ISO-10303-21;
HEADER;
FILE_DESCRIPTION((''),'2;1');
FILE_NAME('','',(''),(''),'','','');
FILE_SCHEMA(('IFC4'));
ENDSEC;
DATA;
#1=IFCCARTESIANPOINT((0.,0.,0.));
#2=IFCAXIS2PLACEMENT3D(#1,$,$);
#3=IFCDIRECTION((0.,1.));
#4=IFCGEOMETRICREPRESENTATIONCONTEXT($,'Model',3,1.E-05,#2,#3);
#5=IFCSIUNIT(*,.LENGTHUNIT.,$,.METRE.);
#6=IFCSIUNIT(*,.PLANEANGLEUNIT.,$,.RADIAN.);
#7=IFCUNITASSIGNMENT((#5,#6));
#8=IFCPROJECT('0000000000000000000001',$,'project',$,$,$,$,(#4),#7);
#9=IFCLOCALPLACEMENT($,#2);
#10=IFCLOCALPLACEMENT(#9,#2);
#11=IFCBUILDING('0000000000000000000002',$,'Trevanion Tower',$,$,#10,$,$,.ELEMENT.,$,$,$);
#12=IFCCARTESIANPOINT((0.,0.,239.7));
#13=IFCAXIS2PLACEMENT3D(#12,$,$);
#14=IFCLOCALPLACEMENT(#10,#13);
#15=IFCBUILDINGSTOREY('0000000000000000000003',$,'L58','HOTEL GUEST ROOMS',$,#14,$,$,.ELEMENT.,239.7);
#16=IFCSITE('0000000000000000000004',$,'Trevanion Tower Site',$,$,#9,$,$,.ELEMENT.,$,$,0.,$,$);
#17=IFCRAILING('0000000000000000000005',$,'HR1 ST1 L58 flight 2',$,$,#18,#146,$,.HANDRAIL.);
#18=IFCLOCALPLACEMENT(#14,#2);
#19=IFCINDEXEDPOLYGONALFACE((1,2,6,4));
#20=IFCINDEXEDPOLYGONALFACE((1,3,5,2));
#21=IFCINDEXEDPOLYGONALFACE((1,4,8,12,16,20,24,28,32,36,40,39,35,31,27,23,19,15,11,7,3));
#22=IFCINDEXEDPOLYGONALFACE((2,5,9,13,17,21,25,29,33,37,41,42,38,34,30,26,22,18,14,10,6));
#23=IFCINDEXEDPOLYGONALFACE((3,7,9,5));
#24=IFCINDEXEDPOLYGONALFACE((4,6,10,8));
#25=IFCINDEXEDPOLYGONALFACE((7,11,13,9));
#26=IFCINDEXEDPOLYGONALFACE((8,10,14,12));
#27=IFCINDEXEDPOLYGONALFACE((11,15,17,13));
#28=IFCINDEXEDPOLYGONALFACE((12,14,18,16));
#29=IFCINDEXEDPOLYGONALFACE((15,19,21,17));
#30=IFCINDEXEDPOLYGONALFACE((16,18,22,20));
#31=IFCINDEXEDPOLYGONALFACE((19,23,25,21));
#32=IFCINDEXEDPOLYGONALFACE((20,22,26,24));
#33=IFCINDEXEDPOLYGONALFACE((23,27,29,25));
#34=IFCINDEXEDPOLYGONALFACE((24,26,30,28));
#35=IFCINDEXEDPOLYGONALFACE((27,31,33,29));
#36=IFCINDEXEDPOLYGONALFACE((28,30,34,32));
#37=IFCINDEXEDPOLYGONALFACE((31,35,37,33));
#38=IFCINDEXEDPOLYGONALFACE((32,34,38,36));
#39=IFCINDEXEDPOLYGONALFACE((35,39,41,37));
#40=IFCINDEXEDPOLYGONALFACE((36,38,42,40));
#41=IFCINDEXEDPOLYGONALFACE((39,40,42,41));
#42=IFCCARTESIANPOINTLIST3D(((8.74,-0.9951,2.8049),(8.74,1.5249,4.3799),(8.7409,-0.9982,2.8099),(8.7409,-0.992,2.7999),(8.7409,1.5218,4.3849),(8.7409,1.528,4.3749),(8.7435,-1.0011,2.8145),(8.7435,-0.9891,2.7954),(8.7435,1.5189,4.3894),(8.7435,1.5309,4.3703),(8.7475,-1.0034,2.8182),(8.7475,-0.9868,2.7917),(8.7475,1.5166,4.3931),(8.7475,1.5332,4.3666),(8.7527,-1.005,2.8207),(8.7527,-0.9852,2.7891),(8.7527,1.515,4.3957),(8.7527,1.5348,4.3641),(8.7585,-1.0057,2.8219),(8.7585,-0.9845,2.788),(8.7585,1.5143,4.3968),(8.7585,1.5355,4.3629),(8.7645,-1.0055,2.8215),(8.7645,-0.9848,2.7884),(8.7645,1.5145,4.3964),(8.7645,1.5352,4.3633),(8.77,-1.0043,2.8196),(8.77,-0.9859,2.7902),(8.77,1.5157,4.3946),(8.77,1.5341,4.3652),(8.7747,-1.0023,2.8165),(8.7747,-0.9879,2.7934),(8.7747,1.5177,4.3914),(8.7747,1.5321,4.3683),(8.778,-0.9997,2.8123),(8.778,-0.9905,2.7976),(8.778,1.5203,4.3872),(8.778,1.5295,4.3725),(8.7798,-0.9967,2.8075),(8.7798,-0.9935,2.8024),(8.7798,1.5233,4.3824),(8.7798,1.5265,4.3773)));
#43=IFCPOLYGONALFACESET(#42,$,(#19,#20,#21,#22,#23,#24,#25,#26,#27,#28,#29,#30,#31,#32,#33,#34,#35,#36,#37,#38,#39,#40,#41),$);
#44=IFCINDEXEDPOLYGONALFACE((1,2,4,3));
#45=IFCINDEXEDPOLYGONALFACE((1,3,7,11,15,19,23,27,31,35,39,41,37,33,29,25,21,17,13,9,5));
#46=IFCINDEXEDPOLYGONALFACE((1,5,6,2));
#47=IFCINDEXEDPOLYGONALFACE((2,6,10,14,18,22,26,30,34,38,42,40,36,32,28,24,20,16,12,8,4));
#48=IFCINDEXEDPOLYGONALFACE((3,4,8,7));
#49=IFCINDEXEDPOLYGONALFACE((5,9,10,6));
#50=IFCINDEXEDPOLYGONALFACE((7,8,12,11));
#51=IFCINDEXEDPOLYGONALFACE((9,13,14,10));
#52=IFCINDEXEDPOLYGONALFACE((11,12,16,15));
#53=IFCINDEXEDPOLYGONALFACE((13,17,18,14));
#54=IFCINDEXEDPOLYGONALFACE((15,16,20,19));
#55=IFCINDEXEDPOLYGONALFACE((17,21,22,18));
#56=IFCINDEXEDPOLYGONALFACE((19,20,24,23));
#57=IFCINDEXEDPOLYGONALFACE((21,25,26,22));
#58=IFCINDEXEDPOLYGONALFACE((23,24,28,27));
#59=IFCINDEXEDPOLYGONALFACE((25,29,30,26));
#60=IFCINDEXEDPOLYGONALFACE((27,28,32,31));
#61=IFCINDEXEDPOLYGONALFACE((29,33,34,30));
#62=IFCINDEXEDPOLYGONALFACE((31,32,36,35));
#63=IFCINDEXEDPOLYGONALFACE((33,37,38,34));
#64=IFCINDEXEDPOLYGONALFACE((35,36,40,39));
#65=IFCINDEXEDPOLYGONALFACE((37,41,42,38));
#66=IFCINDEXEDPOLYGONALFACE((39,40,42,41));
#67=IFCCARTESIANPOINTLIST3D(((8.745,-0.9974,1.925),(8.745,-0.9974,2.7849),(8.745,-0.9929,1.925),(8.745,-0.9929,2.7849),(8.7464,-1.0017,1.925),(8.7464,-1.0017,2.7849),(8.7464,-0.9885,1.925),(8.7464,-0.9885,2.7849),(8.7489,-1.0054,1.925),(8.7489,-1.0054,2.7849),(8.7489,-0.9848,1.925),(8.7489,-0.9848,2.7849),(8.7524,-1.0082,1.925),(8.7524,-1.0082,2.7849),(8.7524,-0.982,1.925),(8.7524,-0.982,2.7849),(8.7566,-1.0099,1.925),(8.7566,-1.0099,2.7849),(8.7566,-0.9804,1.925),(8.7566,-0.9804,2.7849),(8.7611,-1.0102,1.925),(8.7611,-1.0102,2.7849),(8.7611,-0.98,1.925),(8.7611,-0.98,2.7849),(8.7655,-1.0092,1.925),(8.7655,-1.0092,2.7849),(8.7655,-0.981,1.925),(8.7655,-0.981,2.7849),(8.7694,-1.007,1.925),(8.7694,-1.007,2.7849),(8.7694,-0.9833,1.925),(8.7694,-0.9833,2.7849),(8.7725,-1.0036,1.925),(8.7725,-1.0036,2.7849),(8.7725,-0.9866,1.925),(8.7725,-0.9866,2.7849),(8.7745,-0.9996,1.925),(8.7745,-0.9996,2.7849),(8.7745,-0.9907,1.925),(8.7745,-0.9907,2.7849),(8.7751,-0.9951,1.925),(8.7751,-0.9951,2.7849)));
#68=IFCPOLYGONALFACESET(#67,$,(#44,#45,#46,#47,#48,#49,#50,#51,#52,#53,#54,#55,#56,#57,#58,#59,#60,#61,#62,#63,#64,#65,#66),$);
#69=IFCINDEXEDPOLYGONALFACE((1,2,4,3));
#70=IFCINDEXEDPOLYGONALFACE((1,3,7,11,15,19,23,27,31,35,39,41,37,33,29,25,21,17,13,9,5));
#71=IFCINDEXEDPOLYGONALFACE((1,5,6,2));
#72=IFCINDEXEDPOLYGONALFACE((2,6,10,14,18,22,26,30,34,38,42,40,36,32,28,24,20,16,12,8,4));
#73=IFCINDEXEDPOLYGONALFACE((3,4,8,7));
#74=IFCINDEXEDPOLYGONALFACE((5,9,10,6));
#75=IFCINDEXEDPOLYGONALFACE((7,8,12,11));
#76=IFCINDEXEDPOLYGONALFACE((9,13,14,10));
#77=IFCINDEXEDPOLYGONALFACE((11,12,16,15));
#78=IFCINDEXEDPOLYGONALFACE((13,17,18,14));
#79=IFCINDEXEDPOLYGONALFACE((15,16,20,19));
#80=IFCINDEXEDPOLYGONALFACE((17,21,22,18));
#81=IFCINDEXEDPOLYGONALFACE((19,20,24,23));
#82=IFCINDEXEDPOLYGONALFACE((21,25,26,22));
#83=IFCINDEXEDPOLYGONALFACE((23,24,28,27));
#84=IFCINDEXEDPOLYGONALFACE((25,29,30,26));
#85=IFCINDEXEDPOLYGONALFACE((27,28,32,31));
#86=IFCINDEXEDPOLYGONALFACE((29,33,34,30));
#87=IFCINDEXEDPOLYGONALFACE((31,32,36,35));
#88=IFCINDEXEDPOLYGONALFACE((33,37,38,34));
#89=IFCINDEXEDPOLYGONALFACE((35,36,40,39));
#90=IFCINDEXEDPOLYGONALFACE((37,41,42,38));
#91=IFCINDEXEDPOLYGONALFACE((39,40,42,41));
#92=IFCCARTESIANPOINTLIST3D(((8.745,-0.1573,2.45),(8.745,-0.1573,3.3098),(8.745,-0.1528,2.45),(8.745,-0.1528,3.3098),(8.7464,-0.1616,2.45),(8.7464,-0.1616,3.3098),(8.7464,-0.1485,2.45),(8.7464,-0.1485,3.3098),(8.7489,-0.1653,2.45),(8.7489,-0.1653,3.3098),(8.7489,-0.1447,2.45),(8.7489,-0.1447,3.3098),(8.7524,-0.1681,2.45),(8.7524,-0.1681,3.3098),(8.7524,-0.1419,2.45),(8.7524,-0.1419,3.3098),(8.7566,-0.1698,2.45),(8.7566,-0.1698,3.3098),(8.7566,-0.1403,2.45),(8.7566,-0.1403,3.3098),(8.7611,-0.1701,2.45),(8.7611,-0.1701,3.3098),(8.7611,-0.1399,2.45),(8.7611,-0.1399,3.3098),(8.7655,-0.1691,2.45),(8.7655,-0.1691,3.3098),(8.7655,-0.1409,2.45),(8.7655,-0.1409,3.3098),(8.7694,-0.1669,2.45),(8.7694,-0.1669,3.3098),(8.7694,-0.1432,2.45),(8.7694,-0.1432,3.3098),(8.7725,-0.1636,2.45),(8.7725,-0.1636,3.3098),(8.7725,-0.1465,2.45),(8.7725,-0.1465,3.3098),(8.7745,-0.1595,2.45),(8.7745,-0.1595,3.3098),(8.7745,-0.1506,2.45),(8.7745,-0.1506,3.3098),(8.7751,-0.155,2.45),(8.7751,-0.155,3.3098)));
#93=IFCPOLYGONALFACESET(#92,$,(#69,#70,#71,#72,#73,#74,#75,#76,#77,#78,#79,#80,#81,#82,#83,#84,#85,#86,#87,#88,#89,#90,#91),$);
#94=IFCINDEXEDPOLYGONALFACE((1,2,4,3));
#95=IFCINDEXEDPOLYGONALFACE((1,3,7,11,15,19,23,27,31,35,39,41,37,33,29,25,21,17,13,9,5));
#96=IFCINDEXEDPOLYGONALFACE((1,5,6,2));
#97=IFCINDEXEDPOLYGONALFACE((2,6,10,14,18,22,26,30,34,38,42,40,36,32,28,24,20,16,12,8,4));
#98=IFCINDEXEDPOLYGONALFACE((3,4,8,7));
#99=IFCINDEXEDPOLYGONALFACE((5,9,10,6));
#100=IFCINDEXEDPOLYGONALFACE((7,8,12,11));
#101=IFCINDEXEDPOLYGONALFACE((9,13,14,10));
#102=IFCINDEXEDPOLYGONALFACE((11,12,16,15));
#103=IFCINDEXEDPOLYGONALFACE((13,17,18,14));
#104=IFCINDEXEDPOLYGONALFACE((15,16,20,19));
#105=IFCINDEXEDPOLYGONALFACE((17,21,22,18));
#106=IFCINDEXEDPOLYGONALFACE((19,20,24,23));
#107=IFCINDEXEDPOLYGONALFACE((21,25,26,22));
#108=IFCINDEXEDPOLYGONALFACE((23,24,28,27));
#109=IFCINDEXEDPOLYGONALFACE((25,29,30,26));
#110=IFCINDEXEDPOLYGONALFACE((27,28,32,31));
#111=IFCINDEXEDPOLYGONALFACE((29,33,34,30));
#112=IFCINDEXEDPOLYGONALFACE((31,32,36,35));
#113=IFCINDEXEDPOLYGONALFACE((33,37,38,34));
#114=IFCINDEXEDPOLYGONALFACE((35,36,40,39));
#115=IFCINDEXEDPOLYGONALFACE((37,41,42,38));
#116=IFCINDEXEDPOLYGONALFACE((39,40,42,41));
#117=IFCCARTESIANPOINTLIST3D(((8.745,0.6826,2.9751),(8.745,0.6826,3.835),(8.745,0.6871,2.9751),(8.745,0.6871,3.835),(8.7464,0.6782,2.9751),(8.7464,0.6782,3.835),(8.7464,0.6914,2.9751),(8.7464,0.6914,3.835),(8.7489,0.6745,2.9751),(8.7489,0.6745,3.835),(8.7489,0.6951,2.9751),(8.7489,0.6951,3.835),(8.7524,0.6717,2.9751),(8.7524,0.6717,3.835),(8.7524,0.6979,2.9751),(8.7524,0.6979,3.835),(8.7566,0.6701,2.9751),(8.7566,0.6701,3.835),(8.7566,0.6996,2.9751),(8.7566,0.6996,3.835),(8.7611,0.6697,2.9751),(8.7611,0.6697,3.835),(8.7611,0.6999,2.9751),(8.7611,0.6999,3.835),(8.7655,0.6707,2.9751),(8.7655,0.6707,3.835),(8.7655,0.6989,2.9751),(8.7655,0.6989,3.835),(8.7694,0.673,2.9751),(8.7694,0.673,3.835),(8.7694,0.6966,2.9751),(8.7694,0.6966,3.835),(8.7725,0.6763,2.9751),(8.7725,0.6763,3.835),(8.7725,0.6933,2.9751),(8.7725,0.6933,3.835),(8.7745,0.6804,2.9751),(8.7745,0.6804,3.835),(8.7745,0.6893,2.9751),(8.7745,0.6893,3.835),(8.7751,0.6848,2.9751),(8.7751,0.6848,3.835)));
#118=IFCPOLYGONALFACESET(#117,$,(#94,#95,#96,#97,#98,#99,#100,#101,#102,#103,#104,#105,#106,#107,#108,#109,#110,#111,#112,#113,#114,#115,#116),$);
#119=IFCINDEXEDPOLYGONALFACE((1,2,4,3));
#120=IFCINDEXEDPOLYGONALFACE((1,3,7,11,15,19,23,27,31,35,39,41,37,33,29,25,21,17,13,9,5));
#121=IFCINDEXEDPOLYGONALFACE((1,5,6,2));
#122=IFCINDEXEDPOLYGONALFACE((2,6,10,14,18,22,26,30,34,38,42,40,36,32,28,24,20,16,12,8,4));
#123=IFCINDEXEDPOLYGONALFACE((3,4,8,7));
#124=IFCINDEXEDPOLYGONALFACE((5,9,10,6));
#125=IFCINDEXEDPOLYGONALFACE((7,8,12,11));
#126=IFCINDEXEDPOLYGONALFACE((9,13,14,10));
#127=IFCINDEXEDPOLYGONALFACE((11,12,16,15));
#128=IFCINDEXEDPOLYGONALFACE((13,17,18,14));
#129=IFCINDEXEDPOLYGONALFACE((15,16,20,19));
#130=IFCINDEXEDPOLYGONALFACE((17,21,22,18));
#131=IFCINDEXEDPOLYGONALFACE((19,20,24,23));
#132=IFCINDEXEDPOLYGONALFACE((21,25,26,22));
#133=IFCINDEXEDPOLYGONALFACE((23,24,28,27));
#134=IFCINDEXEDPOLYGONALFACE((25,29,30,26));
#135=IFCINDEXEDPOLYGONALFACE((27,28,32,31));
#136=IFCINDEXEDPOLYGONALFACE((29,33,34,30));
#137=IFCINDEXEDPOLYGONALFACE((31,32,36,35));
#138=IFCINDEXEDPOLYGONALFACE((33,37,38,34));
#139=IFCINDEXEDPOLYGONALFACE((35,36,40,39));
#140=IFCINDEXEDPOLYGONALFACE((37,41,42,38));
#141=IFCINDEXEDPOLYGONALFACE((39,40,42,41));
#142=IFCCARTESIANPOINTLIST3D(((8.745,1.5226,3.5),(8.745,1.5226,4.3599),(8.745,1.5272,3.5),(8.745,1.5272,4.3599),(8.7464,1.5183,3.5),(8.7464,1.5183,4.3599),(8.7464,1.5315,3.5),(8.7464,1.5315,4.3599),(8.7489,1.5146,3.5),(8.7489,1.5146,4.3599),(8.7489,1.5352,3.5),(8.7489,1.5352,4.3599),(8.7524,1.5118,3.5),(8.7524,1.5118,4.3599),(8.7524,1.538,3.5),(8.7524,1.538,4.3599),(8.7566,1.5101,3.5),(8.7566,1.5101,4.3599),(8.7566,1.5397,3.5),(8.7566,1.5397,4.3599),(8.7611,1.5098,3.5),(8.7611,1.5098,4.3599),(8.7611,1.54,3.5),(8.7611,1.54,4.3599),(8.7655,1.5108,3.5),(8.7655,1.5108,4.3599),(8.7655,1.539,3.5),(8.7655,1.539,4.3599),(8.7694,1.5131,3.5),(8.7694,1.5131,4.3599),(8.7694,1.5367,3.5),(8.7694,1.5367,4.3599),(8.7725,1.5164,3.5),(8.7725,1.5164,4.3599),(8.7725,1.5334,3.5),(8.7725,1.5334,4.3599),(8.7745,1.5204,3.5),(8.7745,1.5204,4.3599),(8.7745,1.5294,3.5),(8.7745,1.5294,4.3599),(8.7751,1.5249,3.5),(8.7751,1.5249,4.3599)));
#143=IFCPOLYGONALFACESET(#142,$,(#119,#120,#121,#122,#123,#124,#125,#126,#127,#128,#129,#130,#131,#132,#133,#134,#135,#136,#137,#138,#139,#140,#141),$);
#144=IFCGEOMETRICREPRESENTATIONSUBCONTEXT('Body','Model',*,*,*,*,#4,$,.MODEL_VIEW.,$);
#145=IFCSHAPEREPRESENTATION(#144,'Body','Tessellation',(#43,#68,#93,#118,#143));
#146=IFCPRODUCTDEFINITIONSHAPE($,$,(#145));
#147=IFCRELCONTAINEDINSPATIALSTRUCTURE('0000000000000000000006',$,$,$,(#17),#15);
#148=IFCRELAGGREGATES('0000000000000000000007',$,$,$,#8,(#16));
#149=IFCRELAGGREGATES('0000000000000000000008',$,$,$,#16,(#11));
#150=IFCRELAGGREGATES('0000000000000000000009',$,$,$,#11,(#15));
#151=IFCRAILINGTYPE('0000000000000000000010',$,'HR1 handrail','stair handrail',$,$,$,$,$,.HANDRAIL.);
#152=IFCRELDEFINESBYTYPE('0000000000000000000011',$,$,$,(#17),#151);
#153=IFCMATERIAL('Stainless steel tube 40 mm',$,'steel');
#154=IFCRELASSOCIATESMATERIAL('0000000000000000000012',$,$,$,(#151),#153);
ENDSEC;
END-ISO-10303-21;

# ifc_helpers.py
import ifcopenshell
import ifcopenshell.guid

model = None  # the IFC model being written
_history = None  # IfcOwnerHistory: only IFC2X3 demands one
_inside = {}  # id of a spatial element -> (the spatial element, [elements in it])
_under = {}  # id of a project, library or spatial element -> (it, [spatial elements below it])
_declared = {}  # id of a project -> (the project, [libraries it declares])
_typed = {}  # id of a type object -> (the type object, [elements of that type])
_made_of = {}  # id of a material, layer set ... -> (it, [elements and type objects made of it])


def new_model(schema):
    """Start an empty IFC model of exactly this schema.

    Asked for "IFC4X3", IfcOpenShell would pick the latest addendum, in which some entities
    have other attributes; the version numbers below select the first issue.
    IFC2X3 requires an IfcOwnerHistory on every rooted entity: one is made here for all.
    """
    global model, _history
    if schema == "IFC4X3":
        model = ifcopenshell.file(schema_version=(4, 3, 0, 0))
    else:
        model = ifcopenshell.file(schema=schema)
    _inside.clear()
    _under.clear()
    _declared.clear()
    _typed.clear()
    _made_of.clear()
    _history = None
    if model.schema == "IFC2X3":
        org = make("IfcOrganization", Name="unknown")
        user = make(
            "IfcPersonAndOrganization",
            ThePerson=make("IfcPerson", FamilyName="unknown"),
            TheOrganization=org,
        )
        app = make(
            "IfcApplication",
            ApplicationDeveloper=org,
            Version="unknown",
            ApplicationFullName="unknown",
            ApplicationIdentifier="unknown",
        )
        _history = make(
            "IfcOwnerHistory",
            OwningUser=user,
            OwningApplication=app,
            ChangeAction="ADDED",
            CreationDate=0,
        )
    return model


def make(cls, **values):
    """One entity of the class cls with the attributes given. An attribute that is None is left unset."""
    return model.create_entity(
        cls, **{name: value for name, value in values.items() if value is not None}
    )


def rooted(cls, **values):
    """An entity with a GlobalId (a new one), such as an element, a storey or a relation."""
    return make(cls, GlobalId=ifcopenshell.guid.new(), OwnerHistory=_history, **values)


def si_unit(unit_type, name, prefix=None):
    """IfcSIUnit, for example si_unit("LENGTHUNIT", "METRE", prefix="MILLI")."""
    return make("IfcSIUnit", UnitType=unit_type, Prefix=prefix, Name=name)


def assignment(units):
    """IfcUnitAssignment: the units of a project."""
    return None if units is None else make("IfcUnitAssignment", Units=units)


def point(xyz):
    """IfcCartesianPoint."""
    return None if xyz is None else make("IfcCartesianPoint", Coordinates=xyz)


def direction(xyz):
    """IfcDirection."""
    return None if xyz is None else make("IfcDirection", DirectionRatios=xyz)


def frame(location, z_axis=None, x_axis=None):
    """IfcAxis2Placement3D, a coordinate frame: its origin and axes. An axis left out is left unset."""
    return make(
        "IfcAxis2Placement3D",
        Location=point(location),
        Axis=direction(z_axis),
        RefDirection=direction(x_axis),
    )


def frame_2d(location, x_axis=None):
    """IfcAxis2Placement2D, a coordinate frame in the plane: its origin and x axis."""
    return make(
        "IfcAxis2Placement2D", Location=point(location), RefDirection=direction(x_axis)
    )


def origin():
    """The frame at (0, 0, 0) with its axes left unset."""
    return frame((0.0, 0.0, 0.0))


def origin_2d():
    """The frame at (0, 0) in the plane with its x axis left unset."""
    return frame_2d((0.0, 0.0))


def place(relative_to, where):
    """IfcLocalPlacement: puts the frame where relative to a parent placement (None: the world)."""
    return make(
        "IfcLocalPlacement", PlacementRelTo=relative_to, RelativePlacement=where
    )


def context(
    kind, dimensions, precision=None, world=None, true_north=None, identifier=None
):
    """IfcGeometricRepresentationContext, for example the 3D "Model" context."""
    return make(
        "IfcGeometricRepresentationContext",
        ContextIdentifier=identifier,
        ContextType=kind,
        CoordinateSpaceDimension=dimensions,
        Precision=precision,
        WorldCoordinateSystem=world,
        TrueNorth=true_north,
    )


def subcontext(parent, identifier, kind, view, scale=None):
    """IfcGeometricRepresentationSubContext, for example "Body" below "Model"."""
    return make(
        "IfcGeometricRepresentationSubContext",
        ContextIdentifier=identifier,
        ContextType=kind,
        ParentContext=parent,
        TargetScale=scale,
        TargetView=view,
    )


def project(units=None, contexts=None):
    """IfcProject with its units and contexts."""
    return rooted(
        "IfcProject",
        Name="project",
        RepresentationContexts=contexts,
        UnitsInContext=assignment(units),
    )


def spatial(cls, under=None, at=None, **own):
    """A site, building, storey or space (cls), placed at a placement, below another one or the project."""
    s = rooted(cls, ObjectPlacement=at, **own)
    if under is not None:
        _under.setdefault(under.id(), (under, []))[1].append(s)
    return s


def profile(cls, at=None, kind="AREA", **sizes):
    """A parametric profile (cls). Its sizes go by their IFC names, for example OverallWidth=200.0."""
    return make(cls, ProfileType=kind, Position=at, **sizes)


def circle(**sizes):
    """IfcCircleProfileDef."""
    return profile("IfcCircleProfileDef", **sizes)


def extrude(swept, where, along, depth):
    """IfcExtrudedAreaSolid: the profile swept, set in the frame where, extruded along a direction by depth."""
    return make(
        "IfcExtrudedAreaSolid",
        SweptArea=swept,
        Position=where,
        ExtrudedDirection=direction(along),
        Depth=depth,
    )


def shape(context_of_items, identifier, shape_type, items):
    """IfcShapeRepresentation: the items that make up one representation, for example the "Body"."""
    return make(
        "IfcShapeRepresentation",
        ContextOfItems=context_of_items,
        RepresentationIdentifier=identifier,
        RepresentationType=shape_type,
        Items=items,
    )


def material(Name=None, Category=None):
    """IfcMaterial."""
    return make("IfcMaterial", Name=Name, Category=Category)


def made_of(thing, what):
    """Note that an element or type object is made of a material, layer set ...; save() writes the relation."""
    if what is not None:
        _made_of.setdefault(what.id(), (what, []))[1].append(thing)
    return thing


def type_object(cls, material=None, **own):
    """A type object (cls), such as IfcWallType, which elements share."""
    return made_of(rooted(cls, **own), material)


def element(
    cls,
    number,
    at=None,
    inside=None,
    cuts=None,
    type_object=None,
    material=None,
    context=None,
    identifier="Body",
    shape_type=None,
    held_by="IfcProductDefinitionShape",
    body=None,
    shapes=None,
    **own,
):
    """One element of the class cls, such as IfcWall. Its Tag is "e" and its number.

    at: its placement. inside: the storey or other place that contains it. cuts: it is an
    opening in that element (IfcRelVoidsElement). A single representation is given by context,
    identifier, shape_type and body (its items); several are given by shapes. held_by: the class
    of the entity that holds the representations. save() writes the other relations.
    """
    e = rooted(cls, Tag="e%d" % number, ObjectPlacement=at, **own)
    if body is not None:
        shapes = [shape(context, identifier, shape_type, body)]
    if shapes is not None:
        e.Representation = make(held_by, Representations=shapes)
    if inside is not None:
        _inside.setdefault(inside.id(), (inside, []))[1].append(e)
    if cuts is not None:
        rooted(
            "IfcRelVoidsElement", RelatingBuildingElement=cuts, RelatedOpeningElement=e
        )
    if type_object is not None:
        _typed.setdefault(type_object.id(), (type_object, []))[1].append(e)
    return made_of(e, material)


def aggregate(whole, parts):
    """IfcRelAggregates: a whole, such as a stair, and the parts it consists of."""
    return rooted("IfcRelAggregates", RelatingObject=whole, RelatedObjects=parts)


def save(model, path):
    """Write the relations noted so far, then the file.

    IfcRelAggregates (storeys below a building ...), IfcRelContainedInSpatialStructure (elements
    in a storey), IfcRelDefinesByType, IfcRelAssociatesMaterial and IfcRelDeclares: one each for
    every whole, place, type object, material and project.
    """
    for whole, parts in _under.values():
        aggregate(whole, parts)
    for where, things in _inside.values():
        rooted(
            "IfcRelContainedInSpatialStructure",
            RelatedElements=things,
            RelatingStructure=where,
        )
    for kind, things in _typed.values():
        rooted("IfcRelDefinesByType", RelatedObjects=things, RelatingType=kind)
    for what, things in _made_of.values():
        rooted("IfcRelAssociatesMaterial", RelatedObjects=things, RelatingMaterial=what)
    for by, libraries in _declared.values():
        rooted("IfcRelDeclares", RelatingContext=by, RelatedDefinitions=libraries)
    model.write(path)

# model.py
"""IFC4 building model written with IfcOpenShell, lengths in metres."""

from ifc_helpers import new_model, si_unit, direction, frame, origin, origin_2d, place, context, subcontext, project, spatial, circle, extrude, material, type_object, element, save


model = new_model("IFC4")

# Units and contexts
model_context = context("Model", 3, precision=1e-05, world=origin(), true_north=direction((0.0, 1.0)))
body_context = subcontext(model_context, "Body", "Model", "MODEL_VIEW")
ifc_project = project(units=[si_unit("LENGTHUNIT", "METRE"), si_unit("PLANEANGLEUNIT", "RADIAN")], contexts=[model_context])

# Site, building, storey
site_placement = place(None, origin())
site = spatial("IfcSite", under=ifc_project, at=site_placement, Name="Trevanion Tower Site", CompositionType="ELEMENT", RefElevation=0.0)
building_placement = place(site_placement, origin())
building = spatial("IfcBuilding", under=site, at=building_placement, Name="Trevanion Tower", CompositionType="ELEMENT")
storey_placement = place(building_placement, frame((0.0, 0.0, 239.7)))
storey = spatial("IfcBuildingStorey", under=building, at=storey_placement, Name="L58", Description="HOTEL GUEST ROOMS", CompositionType="ELEMENT", Elevation=239.7)

# Railing
ifc_material_1 = material(Name="Stainless steel tube 40 mm", Category="steel")
railing_type = type_object("IfcRailingType", Name="HR1 handrail", Description="stair handrail", PredefinedType="HANDRAIL", material=ifc_material_1)
for number, where, name in (
    (1, (8.76, -0.9951, 1.925), "HR1 ST1 L58 flight 2"),
):
    element("IfcRailing", number, at=place(storey_placement, frame(where)), inside=storey, type_object=railing_type, Name=name, PredefinedType="HANDRAIL", context=body_context, shape_type="SweptSolid", body=[
        extrude(circle(Radius=0.02, at=origin_2d()), frame((0.0, 0.0, 0.8799), z_axis=(0.0, 0.848008, 0.529984), x_axis=(-1.0, 0.0, 0.0)), (0.0, 0.0, 1.0), 2.9717),
        extrude(circle(Radius=0.0151, at=origin_2d()), origin(), (0.0, 0.0, 1.0), 0.8599),
        extrude(circle(Radius=0.0151, at=origin_2d()), frame((0.0, 0.8401, 0.5249)), (0.0, 0.0, 1.0), 0.8599),
        extrude(circle(Radius=0.0151, at=origin_2d()), frame((0.0, 1.6799, 1.05)), (0.0, 0.0, 1.0), 0.8599),
        extrude(circle(Radius=0.0151, at=origin_2d()), frame((0.0, 2.52, 1.575)), (0.0, 0.0, 1.0), 0.8599),
    ])

save(model, "model.ifc")
